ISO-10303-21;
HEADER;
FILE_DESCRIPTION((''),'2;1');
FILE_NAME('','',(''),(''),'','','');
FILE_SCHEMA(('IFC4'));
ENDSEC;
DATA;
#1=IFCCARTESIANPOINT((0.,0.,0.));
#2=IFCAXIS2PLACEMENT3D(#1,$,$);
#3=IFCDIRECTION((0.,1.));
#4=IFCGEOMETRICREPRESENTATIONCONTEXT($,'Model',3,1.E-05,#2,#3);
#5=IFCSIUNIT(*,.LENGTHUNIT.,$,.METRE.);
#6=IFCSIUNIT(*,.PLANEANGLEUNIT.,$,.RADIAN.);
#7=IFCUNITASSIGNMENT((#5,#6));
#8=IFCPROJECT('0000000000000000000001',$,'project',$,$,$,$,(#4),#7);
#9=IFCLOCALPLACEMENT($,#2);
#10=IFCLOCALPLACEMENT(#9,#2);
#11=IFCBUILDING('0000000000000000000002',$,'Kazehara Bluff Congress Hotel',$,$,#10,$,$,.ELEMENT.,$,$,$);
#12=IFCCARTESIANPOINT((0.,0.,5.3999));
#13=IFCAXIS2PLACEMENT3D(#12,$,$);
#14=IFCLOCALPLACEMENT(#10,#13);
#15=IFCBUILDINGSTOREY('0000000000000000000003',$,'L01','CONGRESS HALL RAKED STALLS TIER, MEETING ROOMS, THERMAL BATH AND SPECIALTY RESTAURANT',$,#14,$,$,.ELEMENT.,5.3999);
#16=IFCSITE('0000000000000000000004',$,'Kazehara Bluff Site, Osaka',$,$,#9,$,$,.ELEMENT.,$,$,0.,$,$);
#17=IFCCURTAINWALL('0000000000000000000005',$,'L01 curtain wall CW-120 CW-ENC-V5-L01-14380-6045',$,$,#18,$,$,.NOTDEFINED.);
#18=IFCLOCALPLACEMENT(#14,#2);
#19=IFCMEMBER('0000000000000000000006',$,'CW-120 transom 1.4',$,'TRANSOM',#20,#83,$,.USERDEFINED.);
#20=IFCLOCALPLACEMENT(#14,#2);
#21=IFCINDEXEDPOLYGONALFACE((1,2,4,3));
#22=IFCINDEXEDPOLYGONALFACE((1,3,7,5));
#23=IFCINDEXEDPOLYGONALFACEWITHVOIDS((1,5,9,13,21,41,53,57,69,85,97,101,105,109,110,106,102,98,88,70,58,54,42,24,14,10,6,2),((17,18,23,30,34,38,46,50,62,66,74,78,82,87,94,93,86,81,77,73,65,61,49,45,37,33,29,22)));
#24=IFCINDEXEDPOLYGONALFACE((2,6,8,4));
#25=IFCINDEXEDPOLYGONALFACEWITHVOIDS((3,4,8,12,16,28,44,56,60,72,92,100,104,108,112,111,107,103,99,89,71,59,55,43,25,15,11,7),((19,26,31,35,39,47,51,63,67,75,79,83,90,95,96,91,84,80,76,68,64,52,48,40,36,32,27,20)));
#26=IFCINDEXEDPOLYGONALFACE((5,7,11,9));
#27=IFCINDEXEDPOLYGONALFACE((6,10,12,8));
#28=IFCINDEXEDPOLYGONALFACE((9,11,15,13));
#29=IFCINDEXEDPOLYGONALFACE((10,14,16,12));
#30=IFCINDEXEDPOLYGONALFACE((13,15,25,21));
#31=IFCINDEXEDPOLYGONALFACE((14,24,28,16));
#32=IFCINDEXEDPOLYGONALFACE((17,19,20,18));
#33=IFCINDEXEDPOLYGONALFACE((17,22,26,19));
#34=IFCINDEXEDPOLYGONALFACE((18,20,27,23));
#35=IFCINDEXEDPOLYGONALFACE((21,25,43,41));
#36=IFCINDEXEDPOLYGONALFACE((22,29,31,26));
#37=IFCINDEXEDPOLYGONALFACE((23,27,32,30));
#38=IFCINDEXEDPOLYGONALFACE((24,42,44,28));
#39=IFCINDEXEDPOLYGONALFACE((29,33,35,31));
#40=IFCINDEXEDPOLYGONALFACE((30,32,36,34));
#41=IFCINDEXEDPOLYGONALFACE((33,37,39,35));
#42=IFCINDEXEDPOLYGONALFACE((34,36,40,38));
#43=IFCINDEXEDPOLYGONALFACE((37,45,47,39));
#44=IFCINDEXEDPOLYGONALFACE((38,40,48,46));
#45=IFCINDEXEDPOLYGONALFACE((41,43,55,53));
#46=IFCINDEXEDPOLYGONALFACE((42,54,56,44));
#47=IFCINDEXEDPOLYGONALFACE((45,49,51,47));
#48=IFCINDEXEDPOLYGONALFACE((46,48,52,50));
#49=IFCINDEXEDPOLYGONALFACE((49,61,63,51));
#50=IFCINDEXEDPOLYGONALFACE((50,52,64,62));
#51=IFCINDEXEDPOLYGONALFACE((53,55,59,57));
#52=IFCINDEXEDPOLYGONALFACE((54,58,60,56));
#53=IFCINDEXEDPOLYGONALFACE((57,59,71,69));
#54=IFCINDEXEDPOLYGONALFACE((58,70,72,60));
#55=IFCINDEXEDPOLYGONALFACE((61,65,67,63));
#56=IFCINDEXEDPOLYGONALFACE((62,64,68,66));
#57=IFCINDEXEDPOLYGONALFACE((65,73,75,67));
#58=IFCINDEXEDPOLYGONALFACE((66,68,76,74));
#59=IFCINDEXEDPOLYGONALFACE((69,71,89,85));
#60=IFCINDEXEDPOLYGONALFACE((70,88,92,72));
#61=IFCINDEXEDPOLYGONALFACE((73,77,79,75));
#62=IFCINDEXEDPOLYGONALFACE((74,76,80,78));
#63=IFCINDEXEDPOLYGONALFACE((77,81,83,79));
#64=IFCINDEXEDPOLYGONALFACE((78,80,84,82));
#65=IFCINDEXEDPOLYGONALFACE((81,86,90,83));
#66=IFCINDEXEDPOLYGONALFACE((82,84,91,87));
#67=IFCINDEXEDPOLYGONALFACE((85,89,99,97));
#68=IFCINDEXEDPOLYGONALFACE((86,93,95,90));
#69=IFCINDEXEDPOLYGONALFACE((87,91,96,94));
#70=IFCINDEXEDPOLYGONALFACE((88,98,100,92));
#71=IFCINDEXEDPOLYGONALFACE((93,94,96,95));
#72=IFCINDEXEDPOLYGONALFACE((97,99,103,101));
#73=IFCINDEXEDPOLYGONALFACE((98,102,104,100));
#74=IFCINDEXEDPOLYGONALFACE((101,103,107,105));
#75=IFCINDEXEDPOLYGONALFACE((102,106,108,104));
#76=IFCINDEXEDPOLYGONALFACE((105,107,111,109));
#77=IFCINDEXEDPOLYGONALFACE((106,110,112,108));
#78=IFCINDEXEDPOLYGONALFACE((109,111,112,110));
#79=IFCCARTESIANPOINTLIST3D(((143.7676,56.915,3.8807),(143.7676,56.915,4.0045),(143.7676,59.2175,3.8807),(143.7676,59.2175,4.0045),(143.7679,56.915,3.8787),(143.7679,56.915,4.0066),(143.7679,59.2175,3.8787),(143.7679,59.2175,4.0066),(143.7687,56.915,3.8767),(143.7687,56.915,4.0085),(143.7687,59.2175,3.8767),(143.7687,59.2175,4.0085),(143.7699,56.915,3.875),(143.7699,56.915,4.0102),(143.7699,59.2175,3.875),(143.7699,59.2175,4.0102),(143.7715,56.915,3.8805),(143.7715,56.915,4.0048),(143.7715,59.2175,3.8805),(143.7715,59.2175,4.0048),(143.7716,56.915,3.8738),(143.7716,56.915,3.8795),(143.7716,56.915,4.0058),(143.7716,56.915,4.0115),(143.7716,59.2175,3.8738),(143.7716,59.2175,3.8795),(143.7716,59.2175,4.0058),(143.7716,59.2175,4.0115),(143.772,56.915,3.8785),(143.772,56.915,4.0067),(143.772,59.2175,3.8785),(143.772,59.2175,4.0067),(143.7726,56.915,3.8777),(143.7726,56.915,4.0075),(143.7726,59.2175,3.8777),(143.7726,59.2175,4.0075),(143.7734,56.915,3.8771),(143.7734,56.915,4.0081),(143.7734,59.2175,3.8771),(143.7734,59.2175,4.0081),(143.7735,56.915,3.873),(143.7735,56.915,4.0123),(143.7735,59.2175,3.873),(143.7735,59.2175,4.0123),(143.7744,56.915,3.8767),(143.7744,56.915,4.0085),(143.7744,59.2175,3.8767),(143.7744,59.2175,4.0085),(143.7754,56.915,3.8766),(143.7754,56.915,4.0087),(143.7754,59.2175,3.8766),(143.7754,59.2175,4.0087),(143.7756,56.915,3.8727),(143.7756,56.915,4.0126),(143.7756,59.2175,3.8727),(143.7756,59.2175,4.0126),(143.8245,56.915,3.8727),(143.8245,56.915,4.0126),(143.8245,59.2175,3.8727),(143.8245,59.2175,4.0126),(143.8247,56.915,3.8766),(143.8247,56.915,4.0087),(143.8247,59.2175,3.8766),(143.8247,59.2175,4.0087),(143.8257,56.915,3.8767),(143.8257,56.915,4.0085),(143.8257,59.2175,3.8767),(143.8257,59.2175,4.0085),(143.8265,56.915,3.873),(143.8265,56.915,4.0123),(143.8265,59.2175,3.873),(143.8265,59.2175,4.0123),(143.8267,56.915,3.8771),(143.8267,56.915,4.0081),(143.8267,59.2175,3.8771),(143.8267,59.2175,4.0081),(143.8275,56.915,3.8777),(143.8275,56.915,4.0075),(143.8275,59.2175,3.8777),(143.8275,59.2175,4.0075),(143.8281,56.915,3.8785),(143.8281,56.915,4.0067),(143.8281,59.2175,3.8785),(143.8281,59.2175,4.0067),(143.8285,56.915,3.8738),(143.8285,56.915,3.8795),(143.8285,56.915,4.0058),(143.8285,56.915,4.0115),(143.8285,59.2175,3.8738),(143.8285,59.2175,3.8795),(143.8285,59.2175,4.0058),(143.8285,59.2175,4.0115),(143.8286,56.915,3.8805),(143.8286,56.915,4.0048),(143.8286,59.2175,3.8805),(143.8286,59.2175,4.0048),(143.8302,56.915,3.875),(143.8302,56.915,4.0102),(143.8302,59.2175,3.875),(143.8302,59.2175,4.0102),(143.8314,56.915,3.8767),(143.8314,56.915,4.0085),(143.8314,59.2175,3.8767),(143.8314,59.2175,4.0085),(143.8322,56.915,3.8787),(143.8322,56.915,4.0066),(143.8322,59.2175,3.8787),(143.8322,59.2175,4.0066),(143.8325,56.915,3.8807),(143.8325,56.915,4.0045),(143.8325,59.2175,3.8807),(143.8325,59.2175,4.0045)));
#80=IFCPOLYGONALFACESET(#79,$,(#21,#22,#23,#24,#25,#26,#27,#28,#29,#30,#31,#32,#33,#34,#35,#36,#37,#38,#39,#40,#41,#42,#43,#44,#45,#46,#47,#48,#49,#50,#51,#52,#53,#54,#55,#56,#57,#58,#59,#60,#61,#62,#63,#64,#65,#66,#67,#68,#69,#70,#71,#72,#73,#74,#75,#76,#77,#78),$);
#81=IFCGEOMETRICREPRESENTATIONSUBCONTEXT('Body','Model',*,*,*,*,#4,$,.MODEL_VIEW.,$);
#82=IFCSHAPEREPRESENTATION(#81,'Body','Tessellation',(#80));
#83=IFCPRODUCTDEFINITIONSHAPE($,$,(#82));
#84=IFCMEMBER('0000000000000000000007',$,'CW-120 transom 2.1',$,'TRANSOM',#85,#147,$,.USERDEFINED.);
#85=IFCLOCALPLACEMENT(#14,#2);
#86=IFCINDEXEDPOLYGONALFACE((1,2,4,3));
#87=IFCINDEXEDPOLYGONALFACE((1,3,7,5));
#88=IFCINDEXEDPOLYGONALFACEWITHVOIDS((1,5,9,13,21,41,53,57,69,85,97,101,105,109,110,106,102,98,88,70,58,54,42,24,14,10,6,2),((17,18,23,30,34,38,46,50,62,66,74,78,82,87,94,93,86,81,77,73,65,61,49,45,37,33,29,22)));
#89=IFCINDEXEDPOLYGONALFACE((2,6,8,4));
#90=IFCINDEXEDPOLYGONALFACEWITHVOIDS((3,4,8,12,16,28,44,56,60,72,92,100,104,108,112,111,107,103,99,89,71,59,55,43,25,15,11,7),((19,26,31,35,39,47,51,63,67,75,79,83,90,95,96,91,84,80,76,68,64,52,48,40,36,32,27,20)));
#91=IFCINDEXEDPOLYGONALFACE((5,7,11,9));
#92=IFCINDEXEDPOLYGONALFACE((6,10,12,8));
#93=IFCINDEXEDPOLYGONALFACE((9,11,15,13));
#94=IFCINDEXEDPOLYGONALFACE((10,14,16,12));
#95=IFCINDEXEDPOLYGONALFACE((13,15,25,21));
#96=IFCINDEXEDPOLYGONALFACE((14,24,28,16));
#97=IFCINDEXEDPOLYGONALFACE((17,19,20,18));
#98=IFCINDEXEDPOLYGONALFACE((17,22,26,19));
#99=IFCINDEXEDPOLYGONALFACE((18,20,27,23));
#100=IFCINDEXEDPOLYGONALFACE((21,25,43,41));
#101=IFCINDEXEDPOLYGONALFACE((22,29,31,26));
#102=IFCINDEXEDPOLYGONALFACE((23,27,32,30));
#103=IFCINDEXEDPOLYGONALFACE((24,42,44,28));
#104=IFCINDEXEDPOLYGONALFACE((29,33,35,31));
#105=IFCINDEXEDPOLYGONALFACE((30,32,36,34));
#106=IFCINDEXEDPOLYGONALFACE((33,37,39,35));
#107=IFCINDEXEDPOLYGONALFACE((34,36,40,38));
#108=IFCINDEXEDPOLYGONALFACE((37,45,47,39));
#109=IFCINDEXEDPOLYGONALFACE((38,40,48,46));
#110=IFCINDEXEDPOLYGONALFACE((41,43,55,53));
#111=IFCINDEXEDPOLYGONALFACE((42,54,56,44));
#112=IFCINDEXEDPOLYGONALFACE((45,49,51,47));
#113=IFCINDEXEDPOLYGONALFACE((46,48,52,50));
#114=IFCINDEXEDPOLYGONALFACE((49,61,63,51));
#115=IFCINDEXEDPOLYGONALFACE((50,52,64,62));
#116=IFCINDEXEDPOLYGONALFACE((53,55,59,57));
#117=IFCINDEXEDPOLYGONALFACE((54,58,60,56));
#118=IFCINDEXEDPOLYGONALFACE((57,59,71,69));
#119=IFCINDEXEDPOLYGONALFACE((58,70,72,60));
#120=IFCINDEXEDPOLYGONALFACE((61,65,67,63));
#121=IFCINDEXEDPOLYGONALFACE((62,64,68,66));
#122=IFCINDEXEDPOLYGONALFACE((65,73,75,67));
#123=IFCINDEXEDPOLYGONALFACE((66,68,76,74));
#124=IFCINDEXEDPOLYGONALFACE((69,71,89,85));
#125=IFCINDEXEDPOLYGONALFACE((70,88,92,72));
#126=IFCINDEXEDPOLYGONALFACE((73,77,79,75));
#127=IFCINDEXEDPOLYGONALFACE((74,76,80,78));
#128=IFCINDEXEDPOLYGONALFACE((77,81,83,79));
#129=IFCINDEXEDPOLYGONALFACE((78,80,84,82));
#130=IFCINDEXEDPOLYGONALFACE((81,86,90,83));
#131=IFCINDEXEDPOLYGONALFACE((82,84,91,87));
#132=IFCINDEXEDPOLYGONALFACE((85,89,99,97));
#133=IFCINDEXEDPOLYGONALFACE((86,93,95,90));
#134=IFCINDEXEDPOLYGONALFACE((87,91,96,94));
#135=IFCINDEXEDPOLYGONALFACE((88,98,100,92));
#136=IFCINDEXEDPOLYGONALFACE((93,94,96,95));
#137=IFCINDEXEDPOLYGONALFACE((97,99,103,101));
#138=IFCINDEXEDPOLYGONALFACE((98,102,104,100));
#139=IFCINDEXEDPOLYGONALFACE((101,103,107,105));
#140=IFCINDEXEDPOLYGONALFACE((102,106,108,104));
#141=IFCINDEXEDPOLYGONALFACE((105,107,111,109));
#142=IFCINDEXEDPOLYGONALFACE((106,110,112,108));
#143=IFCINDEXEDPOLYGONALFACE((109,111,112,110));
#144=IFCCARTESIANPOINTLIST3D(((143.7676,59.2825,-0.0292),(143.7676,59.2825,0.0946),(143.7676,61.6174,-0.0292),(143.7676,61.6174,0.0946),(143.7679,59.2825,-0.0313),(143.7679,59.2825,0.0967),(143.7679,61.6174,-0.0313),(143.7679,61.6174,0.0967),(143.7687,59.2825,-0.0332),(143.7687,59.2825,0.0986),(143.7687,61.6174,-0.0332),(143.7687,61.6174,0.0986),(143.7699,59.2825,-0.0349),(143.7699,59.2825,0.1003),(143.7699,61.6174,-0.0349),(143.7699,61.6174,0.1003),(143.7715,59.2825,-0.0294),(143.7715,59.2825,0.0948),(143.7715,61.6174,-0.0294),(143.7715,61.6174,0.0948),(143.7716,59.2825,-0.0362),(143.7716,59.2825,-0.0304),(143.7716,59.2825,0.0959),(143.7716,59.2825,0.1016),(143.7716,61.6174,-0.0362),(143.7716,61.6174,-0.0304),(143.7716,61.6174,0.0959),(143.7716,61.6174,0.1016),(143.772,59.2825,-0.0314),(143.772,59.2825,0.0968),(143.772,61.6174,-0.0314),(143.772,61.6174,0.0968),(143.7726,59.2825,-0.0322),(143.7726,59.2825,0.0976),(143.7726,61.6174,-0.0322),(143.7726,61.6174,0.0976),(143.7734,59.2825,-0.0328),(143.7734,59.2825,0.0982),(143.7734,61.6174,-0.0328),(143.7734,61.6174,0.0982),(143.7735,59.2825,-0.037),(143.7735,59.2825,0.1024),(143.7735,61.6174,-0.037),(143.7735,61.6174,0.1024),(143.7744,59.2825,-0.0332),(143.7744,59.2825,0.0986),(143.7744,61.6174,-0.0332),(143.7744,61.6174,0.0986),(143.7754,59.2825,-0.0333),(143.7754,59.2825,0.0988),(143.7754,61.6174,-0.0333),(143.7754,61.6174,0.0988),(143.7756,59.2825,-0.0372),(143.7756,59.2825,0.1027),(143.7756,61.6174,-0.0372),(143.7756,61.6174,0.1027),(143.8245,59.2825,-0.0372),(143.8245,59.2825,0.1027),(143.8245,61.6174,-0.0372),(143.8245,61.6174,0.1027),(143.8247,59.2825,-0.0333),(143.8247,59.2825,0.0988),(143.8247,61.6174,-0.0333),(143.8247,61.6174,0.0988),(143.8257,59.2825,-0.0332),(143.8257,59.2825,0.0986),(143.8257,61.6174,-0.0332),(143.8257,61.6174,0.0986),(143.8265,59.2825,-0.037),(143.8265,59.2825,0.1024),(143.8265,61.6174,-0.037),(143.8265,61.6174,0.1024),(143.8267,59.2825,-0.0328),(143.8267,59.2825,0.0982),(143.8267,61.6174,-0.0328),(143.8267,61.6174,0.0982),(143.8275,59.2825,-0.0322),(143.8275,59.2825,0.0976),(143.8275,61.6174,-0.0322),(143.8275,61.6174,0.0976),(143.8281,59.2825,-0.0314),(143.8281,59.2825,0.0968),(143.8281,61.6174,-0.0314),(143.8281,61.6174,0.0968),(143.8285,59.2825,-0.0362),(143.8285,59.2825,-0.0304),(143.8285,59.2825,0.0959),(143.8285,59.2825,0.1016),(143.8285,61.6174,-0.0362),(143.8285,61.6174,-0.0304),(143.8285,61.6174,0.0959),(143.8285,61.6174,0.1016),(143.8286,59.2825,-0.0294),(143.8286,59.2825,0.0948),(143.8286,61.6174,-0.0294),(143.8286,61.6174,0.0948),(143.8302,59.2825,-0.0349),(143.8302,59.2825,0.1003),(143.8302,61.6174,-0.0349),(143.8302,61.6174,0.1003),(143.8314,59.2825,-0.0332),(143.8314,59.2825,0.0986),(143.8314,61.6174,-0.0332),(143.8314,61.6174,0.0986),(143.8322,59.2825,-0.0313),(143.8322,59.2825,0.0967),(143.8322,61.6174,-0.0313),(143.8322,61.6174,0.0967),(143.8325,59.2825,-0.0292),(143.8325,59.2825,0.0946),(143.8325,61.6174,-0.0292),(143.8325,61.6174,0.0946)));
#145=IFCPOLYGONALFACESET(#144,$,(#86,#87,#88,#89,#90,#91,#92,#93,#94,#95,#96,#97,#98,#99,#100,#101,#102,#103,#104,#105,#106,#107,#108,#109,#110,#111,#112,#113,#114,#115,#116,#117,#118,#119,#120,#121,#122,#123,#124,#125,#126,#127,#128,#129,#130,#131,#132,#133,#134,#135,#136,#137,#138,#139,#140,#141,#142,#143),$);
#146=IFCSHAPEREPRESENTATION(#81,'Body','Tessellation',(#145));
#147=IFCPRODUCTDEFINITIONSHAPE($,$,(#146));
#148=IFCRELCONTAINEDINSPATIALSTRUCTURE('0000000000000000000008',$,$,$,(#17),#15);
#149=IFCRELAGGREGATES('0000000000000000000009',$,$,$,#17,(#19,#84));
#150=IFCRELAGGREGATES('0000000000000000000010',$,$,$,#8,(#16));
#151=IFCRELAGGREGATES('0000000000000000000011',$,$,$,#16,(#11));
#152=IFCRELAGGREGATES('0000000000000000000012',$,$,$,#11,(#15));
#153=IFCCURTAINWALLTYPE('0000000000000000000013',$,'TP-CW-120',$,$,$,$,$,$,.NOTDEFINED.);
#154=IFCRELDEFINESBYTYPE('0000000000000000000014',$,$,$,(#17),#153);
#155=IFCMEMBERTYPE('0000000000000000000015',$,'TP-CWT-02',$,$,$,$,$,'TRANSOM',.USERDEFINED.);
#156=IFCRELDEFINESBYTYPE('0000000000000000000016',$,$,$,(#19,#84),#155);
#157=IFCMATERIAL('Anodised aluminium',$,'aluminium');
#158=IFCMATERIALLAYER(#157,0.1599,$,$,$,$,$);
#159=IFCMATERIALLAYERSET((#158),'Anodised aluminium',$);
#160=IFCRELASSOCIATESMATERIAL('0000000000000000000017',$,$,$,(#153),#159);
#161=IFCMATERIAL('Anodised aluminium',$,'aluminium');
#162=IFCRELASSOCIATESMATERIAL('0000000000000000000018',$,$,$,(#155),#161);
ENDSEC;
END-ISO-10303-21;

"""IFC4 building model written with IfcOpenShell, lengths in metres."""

from ifc_helpers import new_model, si_unit, direction, frame, origin, origin_2d, place, context, subcontext, project, spatial, hollow_rectangle, extrude, material, layer, layer_set, material_profile, profile_set, type_object, element, aggregate, save


model = new_model("IFC4")

# Units and contexts
model_context = context("Model", 3, precision=1e-05, world=origin(), true_north=direction((0.0, 1.0)))
body_context = subcontext(model_context, "Body", "Model", "MODEL_VIEW")
ifc_project = project(units=[si_unit("LENGTHUNIT", "METRE"), si_unit("PLANEANGLEUNIT", "RADIAN")], contexts=[model_context])

# Site, building, storey
site_placement = place(None, origin())
site = spatial("IfcSite", under=ifc_project, at=site_placement, Name="Kazehara Bluff Site, Osaka", CompositionType="ELEMENT", RefElevation=0.0)
building_placement = place(site_placement, origin())
building = spatial("IfcBuilding", under=site, at=building_placement, Name="Kazehara Bluff Congress Hotel", CompositionType="ELEMENT")
storey_placement = place(building_placement, frame((0.0, 0.0, 5.3999)))
storey = spatial("IfcBuildingStorey", under=building, at=storey_placement, Name="L01", Description="CONGRESS HALL RAKED STALLS TIER, MEETING ROOMS, THERMAL BATH AND SPECIALTY RESTAURANT", CompositionType="ELEMENT", Elevation=5.3999)

# Curtain wall
ifc_material_1 = material(Name="Anodised aluminium", Category="aluminium")
ifc_layer_1 = layer(ifc_material_1, 0.1599)
ifc_layer_set_1 = layer_set([ifc_layer_1], Name="Anodised aluminium")
curtain_wall_type_1 = type_object("IfcCurtainWallType", Name="TP-CW-120", PredefinedType="NOTDEFINED", material=ifc_layer_set_1)
curtain_wall_1_placement = place(storey_placement, origin())
curtain_wall_1 = element("IfcCurtainWall", 1, at=curtain_wall_1_placement, inside=storey, type_object=curtain_wall_type_1, Name="L01 curtain wall CW-120 CW-ENC-V5-L01-14380-6045", PredefinedType="NOTDEFINED")

# Members
ifc_material_2 = material(Name="Anodised aluminium", Category="aluminium")
ifc_material_profile_1 = material_profile(ifc_material_2, hollow_rectangle(XDim=0.0649, YDim=0.1399, WallThickness=0.0039, InnerFilletRadius=0.0039, OuterFilletRadius=0.0081, at=origin_2d()))
ifc_profile_set_1 = profile_set([ifc_material_profile_1], Name="Anodised aluminium")
member_type_1 = type_object("IfcMemberType", Name="TP-CWT-02", ElementType="TRANSOM", PredefinedType="USERDEFINED", material=ifc_profile_set_1)
member_1_placement = place(storey_placement, frame((143.8, 56.915, 3.9426), z_axis=(0.0, 1.0, 0.0), x_axis=(-1.0, 0.0, 0.0)))
member_1 = element("IfcMember", 2, at=member_1_placement, type_object=member_type_1, Name="CW-120 transom 1.4", ObjectType="TRANSOM", PredefinedType="USERDEFINED", context=body_context, shape_type="SweptSolid", body=[
    extrude(hollow_rectangle(XDim=0.0649, YDim=0.1399, WallThickness=0.0039, InnerFilletRadius=0.0039, OuterFilletRadius=0.0081, at=origin_2d()), origin(), (0.0, 0.0, 1.0), 2.3025),
])
member_2_placement = place(storey_placement, frame((143.8, 59.2825, 0.0327), z_axis=(0.0, 1.0, 0.0), x_axis=(-1.0, 0.0, 0.0)))
member_2 = element("IfcMember", 3, at=member_2_placement, type_object=member_type_1, Name="CW-120 transom 2.1", ObjectType="TRANSOM", PredefinedType="USERDEFINED", context=body_context, shape_type="SweptSolid", body=[
    extrude(hollow_rectangle(XDim=0.0649, YDim=0.1399, WallThickness=0.0039, InnerFilletRadius=0.0039, OuterFilletRadius=0.0081, at=origin_2d()), origin(), (0.0, 0.0, 1.0), 2.335),
])

aggregate(curtain_wall_1, [member_1, member_2])

save(model, "model.ifc")
